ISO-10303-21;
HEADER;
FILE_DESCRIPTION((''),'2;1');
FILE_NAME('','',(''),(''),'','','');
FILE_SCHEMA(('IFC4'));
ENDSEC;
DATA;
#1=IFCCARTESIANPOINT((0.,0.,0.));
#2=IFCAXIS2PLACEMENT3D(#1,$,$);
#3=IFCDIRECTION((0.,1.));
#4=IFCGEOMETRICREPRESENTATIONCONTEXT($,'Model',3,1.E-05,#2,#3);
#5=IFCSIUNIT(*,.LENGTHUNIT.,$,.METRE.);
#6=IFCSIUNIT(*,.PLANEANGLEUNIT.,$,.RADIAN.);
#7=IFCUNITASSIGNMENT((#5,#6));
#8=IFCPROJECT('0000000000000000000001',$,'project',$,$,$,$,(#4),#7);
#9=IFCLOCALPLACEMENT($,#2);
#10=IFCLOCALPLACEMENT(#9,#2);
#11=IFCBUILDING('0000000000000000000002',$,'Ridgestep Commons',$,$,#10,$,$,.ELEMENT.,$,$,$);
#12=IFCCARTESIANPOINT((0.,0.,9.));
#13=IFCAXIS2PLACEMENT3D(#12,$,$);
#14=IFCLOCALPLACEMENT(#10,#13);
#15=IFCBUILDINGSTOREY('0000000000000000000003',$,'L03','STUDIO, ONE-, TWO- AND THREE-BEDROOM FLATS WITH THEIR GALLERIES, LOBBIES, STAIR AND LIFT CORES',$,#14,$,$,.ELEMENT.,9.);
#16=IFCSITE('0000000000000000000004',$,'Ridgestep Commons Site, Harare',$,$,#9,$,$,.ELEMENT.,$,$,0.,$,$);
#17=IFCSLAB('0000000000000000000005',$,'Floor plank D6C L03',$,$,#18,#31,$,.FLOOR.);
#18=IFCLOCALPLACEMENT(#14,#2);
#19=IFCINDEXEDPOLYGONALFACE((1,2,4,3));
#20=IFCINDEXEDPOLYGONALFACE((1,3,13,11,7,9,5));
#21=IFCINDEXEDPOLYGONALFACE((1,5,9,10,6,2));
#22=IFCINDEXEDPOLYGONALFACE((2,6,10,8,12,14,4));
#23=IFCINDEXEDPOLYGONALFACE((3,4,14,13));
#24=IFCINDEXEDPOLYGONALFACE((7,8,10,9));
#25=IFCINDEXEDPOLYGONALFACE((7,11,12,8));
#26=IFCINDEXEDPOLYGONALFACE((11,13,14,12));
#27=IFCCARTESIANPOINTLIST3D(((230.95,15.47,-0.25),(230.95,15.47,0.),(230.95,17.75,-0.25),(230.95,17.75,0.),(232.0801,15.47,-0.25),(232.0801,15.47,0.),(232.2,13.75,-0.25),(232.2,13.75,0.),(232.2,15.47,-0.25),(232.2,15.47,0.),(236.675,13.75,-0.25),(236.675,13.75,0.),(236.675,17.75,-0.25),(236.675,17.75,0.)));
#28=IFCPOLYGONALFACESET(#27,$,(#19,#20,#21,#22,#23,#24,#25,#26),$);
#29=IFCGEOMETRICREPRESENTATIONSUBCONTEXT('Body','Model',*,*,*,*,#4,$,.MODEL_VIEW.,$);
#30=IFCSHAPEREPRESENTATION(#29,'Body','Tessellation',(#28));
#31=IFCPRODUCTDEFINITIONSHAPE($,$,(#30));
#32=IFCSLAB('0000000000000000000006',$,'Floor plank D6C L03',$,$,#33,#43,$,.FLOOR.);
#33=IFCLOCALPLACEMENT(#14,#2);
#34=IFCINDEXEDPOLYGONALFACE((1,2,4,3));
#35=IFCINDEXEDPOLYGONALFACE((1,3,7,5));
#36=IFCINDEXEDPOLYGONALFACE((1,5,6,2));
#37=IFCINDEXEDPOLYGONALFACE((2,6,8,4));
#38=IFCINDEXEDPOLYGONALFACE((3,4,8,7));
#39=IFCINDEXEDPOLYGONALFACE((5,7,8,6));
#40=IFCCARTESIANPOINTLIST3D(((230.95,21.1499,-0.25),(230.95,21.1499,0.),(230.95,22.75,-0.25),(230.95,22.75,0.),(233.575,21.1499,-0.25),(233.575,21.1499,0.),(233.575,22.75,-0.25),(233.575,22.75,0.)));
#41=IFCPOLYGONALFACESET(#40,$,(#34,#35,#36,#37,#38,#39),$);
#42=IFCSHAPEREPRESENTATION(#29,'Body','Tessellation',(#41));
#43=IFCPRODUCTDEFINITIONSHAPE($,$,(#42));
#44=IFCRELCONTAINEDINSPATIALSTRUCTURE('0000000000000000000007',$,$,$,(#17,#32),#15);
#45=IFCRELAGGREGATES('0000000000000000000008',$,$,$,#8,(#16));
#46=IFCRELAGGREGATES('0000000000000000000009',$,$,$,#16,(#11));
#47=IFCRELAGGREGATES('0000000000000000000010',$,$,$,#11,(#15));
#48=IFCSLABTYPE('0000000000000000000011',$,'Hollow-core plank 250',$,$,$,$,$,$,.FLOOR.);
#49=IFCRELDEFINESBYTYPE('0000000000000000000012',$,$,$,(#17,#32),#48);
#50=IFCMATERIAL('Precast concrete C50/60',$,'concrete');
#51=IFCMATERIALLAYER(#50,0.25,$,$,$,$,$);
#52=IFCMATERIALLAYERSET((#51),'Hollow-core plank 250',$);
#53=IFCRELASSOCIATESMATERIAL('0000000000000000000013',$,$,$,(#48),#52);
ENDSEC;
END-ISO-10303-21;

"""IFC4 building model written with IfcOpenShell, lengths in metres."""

from ifc_helpers import new_model, si_unit, direction, frame, origin, place, context, subcontext, project, spatial, polyline, outline, extrude, material, layer, layer_set, type_object, element, save


model = new_model("IFC4")

# Units and contexts
model_context = context("Model", 3, precision=1e-05, world=origin(), true_north=direction((0.0, 1.0)))
body_context = subcontext(model_context, "Body", "Model", "MODEL_VIEW")
ifc_project = project(units=[si_unit("LENGTHUNIT", "METRE"), si_unit("PLANEANGLEUNIT", "RADIAN")], contexts=[model_context])

# Site, building, storey
site_placement = place(None, origin())
site = spatial("IfcSite", under=ifc_project, at=site_placement, Name="Ridgestep Commons Site, Harare", CompositionType="ELEMENT", RefElevation=0.0)
building_placement = place(site_placement, origin())
building = spatial("IfcBuilding", under=site, at=building_placement, Name="Ridgestep Commons", CompositionType="ELEMENT")
storey_placement = place(building_placement, frame((0.0, 0.0, 9.0)))
storey = spatial("IfcBuildingStorey", under=building, at=storey_placement, Name="L03", Description="STUDIO, ONE-, TWO- AND THREE-BEDROOM FLATS WITH THEIR GALLERIES, LOBBIES, STAIR AND LIFT CORES", CompositionType="ELEMENT", Elevation=9.0)

# Slabs
ifc_material = material(Name="Precast concrete C50/60", Category="concrete")
ifc_layer = layer(ifc_material, 0.25)
ifc_layer_set = layer_set([ifc_layer], Name="Hollow-core plank 250")
slab_type = type_object("IfcSlabType", Name="Hollow-core plank 250", PredefinedType="FLOOR", material=ifc_layer_set)
slab_1_placement = place(storey_placement, frame((0.0, 0.0, -0.25)))
element("IfcSlab", 1, at=slab_1_placement, inside=storey, type_object=slab_type, Name="Floor plank D6C L03", PredefinedType="FLOOR", context=body_context, shape_type="SweptSolid", body=[
    extrude(outline(polyline([(232.2, 13.75), (236.675, 13.75), (236.675, 17.75), (230.95, 17.75), (230.95, 15.47), (232.0801, 15.47), (232.2, 15.47), (232.2, 13.75)])), origin(), (0.0, 0.0, 1.0), 0.25),
])
slab_2_placement = place(storey_placement, frame((0.0, 0.0, -0.25)))
element("IfcSlab", 2, at=slab_2_placement, inside=storey, type_object=slab_type, Name="Floor plank D6C L03", PredefinedType="FLOOR", context=body_context, shape_type="SweptSolid", body=[
    extrude(outline(polyline([(233.575, 22.75), (230.95, 22.75), (230.95, 21.1499), (233.575, 21.1499), (233.575, 22.75)])), origin(), (0.0, 0.0, 1.0), 0.25),
])

save(model, "model.ifc")
